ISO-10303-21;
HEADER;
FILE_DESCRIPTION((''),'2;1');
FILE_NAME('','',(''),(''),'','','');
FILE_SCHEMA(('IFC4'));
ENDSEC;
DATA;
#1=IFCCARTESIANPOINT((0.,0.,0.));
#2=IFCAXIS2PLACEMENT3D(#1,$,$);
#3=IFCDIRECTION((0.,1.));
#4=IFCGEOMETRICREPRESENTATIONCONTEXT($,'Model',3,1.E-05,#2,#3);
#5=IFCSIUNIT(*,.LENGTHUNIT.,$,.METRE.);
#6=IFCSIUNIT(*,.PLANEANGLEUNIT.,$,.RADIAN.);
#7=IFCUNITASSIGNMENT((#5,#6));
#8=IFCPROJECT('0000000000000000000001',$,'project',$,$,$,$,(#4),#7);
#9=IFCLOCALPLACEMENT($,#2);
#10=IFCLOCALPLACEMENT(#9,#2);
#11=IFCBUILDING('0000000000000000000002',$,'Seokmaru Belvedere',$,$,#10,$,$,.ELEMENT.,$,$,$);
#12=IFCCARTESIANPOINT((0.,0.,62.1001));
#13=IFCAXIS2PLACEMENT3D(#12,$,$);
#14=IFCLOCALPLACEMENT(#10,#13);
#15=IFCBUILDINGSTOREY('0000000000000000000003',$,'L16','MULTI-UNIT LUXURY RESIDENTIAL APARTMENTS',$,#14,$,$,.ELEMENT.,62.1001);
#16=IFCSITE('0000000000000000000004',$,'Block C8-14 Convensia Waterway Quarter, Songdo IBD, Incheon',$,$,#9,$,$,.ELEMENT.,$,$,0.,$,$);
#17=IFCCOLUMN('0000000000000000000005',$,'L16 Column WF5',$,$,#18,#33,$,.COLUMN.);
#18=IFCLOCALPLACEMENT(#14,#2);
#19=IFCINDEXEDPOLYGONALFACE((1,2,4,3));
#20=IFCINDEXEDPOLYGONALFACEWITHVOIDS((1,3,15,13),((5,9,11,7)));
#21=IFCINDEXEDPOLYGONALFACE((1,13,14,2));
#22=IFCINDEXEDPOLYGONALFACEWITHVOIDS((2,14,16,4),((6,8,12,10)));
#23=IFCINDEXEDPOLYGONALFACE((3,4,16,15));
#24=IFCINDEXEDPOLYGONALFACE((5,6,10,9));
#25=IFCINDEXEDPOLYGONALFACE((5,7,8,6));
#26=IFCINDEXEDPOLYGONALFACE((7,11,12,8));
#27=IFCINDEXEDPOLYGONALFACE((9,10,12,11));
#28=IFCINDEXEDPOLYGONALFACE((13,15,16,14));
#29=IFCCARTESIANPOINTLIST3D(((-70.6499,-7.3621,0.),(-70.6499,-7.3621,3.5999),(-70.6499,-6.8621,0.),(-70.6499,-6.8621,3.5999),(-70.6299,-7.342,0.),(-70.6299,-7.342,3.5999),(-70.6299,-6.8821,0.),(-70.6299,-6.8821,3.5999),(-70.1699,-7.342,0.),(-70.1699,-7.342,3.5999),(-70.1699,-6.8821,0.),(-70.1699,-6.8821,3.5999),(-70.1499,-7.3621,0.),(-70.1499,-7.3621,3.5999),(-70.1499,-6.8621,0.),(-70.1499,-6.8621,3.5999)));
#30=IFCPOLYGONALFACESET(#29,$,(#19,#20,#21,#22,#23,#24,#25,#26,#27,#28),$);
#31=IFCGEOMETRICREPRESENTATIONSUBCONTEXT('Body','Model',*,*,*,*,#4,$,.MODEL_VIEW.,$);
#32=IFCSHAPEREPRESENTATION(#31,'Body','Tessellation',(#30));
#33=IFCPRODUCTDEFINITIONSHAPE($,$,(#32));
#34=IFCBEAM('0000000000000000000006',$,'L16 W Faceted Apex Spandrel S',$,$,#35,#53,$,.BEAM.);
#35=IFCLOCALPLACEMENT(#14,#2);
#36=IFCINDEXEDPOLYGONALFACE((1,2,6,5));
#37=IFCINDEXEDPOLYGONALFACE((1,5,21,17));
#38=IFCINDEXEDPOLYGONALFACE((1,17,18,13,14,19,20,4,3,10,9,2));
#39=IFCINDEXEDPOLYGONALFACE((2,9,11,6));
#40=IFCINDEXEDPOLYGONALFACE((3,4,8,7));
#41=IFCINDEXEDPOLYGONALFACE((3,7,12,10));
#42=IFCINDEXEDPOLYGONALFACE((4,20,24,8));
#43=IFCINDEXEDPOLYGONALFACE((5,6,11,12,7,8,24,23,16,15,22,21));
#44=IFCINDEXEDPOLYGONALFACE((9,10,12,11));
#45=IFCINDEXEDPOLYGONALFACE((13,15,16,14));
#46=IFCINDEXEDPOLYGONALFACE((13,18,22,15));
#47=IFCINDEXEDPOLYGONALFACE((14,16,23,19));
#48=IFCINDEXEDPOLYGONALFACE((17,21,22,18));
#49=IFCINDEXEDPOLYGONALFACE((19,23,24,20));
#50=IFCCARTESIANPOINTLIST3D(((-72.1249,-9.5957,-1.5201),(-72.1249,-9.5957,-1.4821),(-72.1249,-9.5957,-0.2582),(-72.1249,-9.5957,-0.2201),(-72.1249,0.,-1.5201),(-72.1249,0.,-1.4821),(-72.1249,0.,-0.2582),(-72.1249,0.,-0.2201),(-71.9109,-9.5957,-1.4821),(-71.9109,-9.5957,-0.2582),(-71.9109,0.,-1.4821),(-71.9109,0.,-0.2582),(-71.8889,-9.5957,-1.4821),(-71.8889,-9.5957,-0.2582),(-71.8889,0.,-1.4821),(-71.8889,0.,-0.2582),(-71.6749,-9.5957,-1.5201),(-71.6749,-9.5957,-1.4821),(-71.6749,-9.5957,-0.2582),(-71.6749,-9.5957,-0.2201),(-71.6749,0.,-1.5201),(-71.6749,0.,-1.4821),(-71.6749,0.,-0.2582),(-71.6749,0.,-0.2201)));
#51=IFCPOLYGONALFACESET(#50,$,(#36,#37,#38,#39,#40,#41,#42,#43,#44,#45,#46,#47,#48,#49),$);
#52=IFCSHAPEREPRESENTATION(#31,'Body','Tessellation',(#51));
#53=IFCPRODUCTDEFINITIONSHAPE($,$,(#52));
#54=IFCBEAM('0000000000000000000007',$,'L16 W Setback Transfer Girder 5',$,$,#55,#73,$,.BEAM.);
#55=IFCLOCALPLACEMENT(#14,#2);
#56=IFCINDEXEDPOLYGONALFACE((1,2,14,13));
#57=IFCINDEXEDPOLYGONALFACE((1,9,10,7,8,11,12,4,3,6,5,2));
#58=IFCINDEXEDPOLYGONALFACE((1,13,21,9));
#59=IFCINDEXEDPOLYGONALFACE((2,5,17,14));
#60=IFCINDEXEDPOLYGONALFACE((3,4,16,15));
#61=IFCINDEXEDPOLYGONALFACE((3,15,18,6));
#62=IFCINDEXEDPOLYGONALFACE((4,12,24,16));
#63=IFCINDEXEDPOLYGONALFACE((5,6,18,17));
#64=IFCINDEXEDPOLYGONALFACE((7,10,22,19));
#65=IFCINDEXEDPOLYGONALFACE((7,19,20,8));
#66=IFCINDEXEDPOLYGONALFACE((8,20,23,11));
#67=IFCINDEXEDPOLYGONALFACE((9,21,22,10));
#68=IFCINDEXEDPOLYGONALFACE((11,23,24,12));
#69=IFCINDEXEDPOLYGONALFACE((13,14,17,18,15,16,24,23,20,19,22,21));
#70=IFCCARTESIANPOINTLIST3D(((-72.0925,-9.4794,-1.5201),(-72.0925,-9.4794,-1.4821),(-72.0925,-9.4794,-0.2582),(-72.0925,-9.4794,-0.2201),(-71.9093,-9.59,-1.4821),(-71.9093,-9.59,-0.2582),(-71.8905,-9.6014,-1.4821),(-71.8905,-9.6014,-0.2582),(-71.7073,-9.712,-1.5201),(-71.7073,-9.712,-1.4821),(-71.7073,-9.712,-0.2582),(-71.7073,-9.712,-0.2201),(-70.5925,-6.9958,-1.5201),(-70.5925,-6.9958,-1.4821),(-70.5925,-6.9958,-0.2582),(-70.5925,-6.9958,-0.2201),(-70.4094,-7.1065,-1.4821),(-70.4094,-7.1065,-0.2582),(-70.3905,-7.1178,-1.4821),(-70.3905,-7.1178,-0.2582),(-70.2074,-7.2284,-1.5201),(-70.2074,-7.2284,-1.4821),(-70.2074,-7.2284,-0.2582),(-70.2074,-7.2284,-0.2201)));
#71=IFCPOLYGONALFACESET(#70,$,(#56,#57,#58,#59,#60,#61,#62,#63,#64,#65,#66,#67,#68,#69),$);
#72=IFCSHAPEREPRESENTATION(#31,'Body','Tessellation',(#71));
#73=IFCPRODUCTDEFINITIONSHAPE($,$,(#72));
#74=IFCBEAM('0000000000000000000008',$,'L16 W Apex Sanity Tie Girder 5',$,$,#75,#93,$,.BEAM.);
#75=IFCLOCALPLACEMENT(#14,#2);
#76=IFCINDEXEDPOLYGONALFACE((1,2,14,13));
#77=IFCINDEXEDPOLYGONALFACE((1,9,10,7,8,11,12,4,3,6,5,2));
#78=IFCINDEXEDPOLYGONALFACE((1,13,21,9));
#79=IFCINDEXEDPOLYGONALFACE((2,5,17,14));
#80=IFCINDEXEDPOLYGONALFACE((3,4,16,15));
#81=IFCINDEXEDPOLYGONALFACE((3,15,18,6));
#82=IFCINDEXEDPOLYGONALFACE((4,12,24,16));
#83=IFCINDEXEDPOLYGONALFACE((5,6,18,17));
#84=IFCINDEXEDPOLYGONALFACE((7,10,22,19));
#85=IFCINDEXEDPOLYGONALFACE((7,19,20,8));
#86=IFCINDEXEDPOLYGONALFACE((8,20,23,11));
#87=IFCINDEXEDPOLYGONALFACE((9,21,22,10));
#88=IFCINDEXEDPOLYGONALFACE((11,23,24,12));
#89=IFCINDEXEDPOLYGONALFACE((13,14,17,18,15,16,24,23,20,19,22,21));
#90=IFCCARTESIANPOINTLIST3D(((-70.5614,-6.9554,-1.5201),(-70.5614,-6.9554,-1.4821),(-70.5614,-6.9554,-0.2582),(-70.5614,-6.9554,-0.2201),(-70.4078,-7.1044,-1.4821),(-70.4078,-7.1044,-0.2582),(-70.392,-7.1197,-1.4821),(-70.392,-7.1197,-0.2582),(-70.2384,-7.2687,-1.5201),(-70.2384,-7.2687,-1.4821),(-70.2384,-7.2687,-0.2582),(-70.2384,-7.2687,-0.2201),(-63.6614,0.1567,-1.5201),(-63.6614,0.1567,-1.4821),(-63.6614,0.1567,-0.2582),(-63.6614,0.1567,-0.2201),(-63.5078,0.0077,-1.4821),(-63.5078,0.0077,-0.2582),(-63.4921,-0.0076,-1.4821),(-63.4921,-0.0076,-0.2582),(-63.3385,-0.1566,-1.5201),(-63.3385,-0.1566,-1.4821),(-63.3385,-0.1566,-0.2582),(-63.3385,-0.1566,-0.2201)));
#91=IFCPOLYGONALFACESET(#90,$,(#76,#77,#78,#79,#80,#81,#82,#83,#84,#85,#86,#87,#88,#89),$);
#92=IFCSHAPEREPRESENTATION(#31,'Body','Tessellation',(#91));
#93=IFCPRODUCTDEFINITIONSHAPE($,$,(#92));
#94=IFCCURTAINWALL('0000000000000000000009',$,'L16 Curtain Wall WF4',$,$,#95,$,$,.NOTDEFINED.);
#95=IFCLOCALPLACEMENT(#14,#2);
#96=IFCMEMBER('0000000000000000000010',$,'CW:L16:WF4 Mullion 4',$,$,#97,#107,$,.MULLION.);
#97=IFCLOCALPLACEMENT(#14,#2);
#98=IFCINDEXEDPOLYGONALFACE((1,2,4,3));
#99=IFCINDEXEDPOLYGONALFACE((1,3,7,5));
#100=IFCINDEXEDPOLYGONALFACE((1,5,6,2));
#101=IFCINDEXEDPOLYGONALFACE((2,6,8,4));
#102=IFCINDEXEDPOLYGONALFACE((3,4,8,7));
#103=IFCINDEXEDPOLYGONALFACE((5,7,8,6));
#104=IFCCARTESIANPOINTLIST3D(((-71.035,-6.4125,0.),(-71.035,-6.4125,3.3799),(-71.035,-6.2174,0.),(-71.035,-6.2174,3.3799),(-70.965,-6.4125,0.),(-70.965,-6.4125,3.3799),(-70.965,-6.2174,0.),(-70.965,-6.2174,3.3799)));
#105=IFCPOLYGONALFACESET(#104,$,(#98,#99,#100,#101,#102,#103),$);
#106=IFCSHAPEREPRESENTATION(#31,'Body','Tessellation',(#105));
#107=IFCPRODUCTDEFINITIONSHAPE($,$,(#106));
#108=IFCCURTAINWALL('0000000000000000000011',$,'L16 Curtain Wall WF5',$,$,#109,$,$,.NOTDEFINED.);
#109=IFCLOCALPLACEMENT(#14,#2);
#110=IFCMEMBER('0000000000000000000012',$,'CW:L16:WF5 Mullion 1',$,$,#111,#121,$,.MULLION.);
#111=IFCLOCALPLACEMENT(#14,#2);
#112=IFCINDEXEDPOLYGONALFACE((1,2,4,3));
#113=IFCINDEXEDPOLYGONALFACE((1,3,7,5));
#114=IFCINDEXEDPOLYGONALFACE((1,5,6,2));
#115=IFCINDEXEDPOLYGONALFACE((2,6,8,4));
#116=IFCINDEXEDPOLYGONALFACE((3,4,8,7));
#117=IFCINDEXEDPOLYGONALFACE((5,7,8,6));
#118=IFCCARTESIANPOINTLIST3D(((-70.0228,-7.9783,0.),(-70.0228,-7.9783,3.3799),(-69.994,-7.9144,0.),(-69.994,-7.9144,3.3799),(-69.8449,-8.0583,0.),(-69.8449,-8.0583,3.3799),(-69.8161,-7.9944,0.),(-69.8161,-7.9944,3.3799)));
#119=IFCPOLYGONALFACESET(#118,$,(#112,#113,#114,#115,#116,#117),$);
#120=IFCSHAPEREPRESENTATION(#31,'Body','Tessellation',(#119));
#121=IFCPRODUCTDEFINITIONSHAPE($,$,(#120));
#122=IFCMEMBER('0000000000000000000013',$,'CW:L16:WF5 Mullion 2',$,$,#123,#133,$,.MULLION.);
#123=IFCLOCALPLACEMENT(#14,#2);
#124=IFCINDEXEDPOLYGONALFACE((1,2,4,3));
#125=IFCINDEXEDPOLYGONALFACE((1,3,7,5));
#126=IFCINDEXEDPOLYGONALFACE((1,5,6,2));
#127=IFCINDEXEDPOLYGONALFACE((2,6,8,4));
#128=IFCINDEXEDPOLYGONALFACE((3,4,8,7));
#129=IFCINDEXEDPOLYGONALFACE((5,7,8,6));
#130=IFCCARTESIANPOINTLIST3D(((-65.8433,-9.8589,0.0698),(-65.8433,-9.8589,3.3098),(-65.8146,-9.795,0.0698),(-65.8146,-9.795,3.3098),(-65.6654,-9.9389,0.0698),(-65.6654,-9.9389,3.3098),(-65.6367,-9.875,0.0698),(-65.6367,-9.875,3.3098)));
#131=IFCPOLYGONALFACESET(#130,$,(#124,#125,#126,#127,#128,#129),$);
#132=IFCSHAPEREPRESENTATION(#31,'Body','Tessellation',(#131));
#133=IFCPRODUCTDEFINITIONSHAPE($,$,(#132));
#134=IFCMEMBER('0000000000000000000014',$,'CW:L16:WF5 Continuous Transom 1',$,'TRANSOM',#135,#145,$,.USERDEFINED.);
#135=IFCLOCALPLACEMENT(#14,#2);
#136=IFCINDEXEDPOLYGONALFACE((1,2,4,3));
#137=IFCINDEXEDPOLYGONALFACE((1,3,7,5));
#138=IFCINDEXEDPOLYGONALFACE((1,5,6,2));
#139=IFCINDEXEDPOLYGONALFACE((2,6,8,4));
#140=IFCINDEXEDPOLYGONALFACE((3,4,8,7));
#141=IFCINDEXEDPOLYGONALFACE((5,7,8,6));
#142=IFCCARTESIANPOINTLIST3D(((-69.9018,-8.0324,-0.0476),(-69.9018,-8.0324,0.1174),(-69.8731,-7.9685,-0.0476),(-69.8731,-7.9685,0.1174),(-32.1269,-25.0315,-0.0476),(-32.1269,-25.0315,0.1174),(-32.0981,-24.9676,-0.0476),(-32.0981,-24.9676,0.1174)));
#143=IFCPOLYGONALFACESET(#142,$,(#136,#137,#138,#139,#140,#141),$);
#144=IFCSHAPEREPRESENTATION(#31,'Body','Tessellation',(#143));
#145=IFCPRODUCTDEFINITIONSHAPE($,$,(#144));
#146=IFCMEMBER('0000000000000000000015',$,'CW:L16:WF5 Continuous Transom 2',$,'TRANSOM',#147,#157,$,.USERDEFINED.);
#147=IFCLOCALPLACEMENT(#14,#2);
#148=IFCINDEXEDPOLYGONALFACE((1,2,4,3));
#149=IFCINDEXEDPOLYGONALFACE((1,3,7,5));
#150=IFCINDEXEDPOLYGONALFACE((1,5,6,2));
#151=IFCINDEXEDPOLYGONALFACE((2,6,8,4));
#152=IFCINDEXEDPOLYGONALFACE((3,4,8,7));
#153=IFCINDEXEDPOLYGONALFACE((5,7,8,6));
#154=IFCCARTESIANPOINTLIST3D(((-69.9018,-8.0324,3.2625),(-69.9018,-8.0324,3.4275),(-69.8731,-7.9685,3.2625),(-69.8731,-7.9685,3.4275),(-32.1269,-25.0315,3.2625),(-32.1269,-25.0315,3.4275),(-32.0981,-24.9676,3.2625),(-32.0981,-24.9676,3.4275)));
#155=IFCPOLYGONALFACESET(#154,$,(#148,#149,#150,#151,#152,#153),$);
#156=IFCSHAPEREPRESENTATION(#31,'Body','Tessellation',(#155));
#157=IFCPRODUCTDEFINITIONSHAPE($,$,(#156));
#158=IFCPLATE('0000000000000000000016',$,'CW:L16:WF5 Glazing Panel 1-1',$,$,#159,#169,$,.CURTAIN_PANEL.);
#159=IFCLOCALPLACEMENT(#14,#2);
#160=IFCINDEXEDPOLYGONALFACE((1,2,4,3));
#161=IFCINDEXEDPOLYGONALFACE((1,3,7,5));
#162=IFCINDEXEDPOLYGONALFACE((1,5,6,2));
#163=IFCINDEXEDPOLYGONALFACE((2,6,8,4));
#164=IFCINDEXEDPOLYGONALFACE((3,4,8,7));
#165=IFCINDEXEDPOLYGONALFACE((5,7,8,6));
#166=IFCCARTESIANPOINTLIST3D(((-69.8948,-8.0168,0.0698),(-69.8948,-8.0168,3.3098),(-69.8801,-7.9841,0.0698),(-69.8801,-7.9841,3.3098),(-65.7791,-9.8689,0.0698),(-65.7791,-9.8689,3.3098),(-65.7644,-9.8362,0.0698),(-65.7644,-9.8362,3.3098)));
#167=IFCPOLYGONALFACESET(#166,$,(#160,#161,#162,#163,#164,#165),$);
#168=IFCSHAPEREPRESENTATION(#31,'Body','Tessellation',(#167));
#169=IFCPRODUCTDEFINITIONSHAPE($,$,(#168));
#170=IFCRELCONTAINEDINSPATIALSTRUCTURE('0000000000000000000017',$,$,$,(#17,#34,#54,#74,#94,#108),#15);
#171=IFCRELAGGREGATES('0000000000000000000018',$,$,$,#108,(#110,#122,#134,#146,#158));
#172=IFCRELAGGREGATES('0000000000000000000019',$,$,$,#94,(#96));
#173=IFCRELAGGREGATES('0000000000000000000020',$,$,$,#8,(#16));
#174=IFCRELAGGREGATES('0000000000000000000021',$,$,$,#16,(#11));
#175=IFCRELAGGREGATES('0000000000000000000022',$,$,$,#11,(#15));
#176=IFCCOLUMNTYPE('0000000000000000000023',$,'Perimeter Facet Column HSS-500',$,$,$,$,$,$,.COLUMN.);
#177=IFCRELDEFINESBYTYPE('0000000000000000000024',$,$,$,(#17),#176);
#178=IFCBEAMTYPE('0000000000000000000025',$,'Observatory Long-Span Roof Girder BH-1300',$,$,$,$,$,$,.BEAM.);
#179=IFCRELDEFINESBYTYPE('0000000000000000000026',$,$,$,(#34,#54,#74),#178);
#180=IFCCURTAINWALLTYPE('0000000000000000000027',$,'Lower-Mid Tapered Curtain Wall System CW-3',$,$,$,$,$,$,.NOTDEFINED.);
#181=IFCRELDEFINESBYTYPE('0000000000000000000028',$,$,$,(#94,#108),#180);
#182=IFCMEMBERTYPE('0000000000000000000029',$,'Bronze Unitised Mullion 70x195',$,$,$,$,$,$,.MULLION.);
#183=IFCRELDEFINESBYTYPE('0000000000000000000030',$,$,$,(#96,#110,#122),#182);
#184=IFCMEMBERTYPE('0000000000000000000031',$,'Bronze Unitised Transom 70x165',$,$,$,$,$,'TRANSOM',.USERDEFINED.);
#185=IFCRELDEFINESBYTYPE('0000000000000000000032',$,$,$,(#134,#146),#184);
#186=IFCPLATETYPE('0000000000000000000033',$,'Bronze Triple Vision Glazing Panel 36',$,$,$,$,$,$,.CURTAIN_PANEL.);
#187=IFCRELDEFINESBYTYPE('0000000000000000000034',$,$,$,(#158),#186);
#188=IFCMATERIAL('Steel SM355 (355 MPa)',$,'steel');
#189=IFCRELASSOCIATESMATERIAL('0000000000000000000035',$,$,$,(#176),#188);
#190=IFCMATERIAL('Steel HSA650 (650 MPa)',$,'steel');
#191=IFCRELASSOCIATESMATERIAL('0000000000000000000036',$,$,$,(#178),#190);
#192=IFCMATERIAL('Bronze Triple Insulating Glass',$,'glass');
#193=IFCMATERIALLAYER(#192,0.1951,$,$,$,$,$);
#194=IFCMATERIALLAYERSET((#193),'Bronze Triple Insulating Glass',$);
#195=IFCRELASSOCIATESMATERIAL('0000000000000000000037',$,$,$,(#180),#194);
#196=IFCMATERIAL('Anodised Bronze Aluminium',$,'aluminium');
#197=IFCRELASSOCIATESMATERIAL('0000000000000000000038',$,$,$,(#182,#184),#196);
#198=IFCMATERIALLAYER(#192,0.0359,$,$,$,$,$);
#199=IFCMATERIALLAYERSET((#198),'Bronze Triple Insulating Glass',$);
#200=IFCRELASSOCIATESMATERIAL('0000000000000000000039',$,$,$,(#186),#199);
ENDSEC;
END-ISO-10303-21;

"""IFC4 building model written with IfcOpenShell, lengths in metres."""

from ifc_helpers import new_model, si_unit, direction, frame, origin, origin_2d, place, context, subcontext, project, spatial, rectangle, hollow_rectangle, i_section, extrude, source, transform, mapped, material, layer, layer_set, material_profile, profile_set, type_object, type_shapes, element, aggregate, save


model = new_model("IFC4")

# Units and contexts
model_context = context("Model", 3, precision=1e-05, world=origin(), true_north=direction((0.0, 1.0)))
body_context = subcontext(model_context, "Body", "Model", "MODEL_VIEW")
ifc_project = project(units=[si_unit("LENGTHUNIT", "METRE"), si_unit("PLANEANGLEUNIT", "RADIAN")], contexts=[model_context])

# Site, building, storey
site_placement = place(None, origin())
site = spatial("IfcSite", under=ifc_project, at=site_placement, Name="Block C8-14 Convensia Waterway Quarter, Songdo IBD, Incheon", CompositionType="ELEMENT", RefElevation=0.0)
building_placement = place(site_placement, origin())
building = spatial("IfcBuilding", under=site, at=building_placement, Name="Seokmaru Belvedere", CompositionType="ELEMENT")
storey_placement = place(building_placement, frame((0.0, 0.0, 62.1001)))
storey = spatial("IfcBuildingStorey", under=building, at=storey_placement, Name="L16", Description="MULTI-UNIT LUXURY RESIDENTIAL APARTMENTS", CompositionType="ELEMENT", Elevation=62.1001)

# Column
ifc_material_1 = material(Name="Steel SM355 (355 MPa)", Category="steel")
ifc_material_profile_1 = material_profile(ifc_material_1, hollow_rectangle(XDim=0.5, YDim=0.5, WallThickness=0.02, at=origin_2d()), Name="HSS-500x500x20")
ifc_profile_set_1 = profile_set([ifc_material_profile_1], Name="Steel SM355 (355 MPa)")
column_type = type_object("IfcColumnType", Name="Perimeter Facet Column HSS-500", PredefinedType="COLUMN", material=ifc_profile_set_1)
shared_shape_1 = source(origin(), body_context, "Body", "SweptSolid", [
    extrude(hollow_rectangle(XDim=0.5, YDim=0.5, WallThickness=0.02, at=origin_2d()), origin(), (0.0, 0.0, 1.0), 3.5999),
])
type_shapes(column_type, [shared_shape_1])
column_placement = place(storey_placement, frame((-70.3999, -7.1121, 0.0), z_axis=(0.0, 0.0, 1.0), x_axis=(1.0, 0.0, 0.0)))
element("IfcColumn", 1, at=column_placement, inside=storey, type_object=column_type, Name="L16 Column WF5", PredefinedType="COLUMN", context=body_context, shape_type="MappedRepresentation", body=[
    mapped(shared_shape_1, transform((0.0, 0.0, 0.0), scale=1.0)),
])

# Beams
ifc_material_2 = material(Name="Steel HSA650 (650 MPa)", Category="steel")
ifc_material_profile_2 = material_profile(ifc_material_2, i_section(OverallWidth=0.45, OverallDepth=1.3, WebThickness=0.022, FlangeThickness=0.0381, at=origin_2d()), Name="BH-1300x450x22x38")
ifc_profile_set_2 = profile_set([ifc_material_profile_2], Name="Steel HSA650 (650 MPa)")
beam_type = type_object("IfcBeamType", Name="Observatory Long-Span Roof Girder BH-1300", PredefinedType="BEAM", material=ifc_profile_set_2)
shared_shape_2 = source(origin(), body_context, "Body", "SweptSolid", [
    extrude(i_section(OverallWidth=0.45, OverallDepth=1.3, WebThickness=0.022, FlangeThickness=0.0381, at=origin_2d()), origin(), (0.0, 0.0, 1.0), 9.5957),
])
beam_1_placement = place(storey_placement, frame((-71.8999, -9.5957, -0.8701), z_axis=(0.0, 1.0, 0.0), x_axis=(-1.0, 0.0, 0.0)))
element("IfcBeam", 2, at=beam_1_placement, inside=storey, type_object=beam_type, Name="L16 W Faceted Apex Spandrel S", PredefinedType="BEAM", context=body_context, shape_type="MappedRepresentation", body=[
    mapped(shared_shape_2, transform((0.0, 0.0, 0.0), scale=1.0)),
])
shared_shape_3 = source(origin(), body_context, "Body", "SweptSolid", [
    extrude(i_section(OverallWidth=0.45, OverallDepth=1.3, WebThickness=0.022, FlangeThickness=0.0381, at=origin_2d()), origin(), (0.0, 0.0, 1.0), 2.9014),
])
beam_2_placement = place(storey_placement, frame((-71.8999, -9.5957, -0.8701), z_axis=(0.516981, 0.855997, 0.0), x_axis=(-0.855997, 0.516981, 0.0)))
element("IfcBeam", 3, at=beam_2_placement, inside=storey, type_object=beam_type, Name="L16 W Setback Transfer Girder 5", PredefinedType="BEAM", context=body_context, shape_type="MappedRepresentation", body=[
    mapped(shared_shape_3, transform((0.0, 0.0, 0.0), scale=1.0)),
])
shared_shape_4 = source(origin(), body_context, "Body", "SweptSolid", [
    extrude(i_section(OverallWidth=0.45, OverallDepth=1.3, WebThickness=0.022, FlangeThickness=0.0381, at=origin_2d()), origin(), (0.0, 0.0, 1.0), 9.9092),
])
type_shapes(beam_type, [shared_shape_2, shared_shape_3, shared_shape_4])
beam_3_placement = place(storey_placement, frame((-70.3999, -7.1121, -0.8701), z_axis=(0.696321, 0.717731, 0.0), x_axis=(-0.717731, 0.696321, 0.0)))
element("IfcBeam", 4, at=beam_3_placement, inside=storey, type_object=beam_type, Name="L16 W Apex Sanity Tie Girder 5", PredefinedType="BEAM", context=body_context, shape_type="MappedRepresentation", body=[
    mapped(shared_shape_4, transform((0.0, 0.0, 0.0), scale=1.0)),
])

# Curtain wall, member
ifc_material_3 = material(Name="Bronze Triple Insulating Glass", Category="glass")
ifc_layer_1 = layer(ifc_material_3, 0.1951)
ifc_layer_set_1 = layer_set([ifc_layer_1], Name="Bronze Triple Insulating Glass")
curtain_wall_type = type_object("IfcCurtainWallType", Name="Lower-Mid Tapered Curtain Wall System CW-3", PredefinedType="NOTDEFINED", material=ifc_layer_set_1)
curtain_wall_1_placement = place(storey_placement, origin())
curtain_wall_1 = element("IfcCurtainWall", 5, at=curtain_wall_1_placement, inside=storey, type_object=curtain_wall_type, Name="L16 Curtain Wall WF4", PredefinedType="NOTDEFINED")
ifc_material_4 = material(Name="Anodised Bronze Aluminium", Category="aluminium")
ifc_material_profile_3 = material_profile(ifc_material_4, rectangle(XDim=0.0701, YDim=0.1951, at=origin_2d()), Name="CW-M-70x195")
ifc_profile_set_3 = profile_set([ifc_material_profile_3], Name="Anodised Bronze Aluminium")
member_type_1 = type_object("IfcMemberType", Name="Bronze Unitised Mullion 70x195", PredefinedType="MULLION", material=ifc_profile_set_3)
shared_shape_5 = source(origin(), body_context, "Body", "SweptSolid", [
    extrude(rectangle(XDim=0.0701, YDim=0.1951, at=origin_2d()), origin(), (0.0, 0.0, 1.0), 3.3799),
])
member_1_placement = place(storey_placement, frame((-71.0, -6.3149, 0.0), z_axis=(0.0, 0.0, 1.0), x_axis=(1.0, 0.0, 0.0)))
member_1 = element("IfcMember", 6, at=member_1_placement, type_object=member_type_1, Name="CW:L16:WF4 Mullion 4", PredefinedType="MULLION", context=body_context, shape_type="MappedRepresentation", body=[
    mapped(shared_shape_5, transform((0.0, 0.0, 0.0), scale=1.0)),
])

# Curtain wall, members, plate
curtain_wall_2_placement = place(storey_placement, origin())
curtain_wall_2 = element("IfcCurtainWall", 7, at=curtain_wall_2_placement, inside=storey, type_object=curtain_wall_type, Name="L16 Curtain Wall WF5", PredefinedType="NOTDEFINED")
member_2_placement = place(storey_placement, frame((-69.9194, -7.9863, 0.0), z_axis=(0.0, 0.0, 1.0), x_axis=(0.410366, 0.911921, 0.0)))
member_2 = element("IfcMember", 8, at=member_2_placement, type_object=member_type_1, Name="CW:L16:WF5 Mullion 1", PredefinedType="MULLION", context=body_context, shape_type="MappedRepresentation", body=[
    mapped(shared_shape_5, transform((0.0, 0.0, 0.0), scale=1.0)),
])
shared_shape_6 = source(origin(), body_context, "Body", "SweptSolid", [
    extrude(rectangle(XDim=0.0701, YDim=0.1951, at=origin_2d()), origin(), (0.0, 0.0, 1.0), 3.24),
])
type_shapes(member_type_1, [shared_shape_5, shared_shape_6])
member_3_placement = place(storey_placement, frame((-65.74, -9.8669, 0.0698), z_axis=(0.0, 0.0, 1.0), x_axis=(0.410366, 0.911921, 0.0)))
member_3 = element("IfcMember", 9, at=member_3_placement, type_object=member_type_1, Name="CW:L16:WF5 Mullion 2", PredefinedType="MULLION", context=body_context, shape_type="MappedRepresentation", body=[
    mapped(shared_shape_6, transform((0.0, 0.0, 0.0), scale=1.0)),
])
ifc_material_profile_4 = material_profile(ifc_material_4, rectangle(XDim=0.0701, YDim=0.165, at=origin_2d()), Name="CW-T-70x165")
ifc_profile_set_4 = profile_set([ifc_material_profile_4], Name="Anodised Bronze Aluminium")
member_type_2 = type_object("IfcMemberType", Name="Bronze Unitised Transom 70x165", ElementType="TRANSOM", PredefinedType="USERDEFINED", material=ifc_profile_set_4)
shared_shape_7 = source(origin(), body_context, "Body", "SweptSolid", [
    extrude(rectangle(XDim=0.0701, YDim=0.165, at=origin_2d()), origin(), (0.0, 0.0, 1.0), 41.4236),
])
type_shapes(member_type_2, [shared_shape_7])
member_4_placement = place(storey_placement, frame((-69.8875, -8.0005, 0.0349), z_axis=(0.911919, -0.410371, 0.0), x_axis=(0.410371, 0.911919, 0.0)))
member_4 = element("IfcMember", 10, at=member_4_placement, type_object=member_type_2, Name="CW:L16:WF5 Continuous Transom 1", ObjectType="TRANSOM", PredefinedType="USERDEFINED", context=body_context, shape_type="MappedRepresentation", body=[
    mapped(shared_shape_7, transform((0.0, 0.0, 0.0), scale=1.0)),
])
member_5_placement = place(storey_placement, frame((-69.8875, -8.0005, 3.345), z_axis=(0.911919, -0.410371, 0.0), x_axis=(0.410371, 0.911919, 0.0)))
member_5 = element("IfcMember", 11, at=member_5_placement, type_object=member_type_2, Name="CW:L16:WF5 Continuous Transom 2", ObjectType="TRANSOM", PredefinedType="USERDEFINED", context=body_context, shape_type="MappedRepresentation", body=[
    mapped(shared_shape_7, transform((0.0, 0.0, 0.0), scale=1.0)),
])
ifc_layer_2 = layer(ifc_material_3, 0.0359)
ifc_layer_set_2 = layer_set([ifc_layer_2], Name="Bronze Triple Insulating Glass")
plate_type = type_object("IfcPlateType", Name="Bronze Triple Vision Glazing Panel 36", PredefinedType="CURTAIN_PANEL", material=ifc_layer_set_2)
shared_shape_8 = source(origin(), body_context, "Body", "SweptSolid", [
    extrude(rectangle(XDim=4.5132, YDim=0.0359, at=origin_2d()), origin(), (0.0, 0.0, 1.0), 3.24),
])
plate_1_placement = place(storey_placement, frame((-67.8296, -8.9265, 0.0698), z_axis=(0.0, 0.0, 1.0), x_axis=(0.911921, -0.410366, 0.0)))
plate_1 = element("IfcPlate", 12, at=plate_1_placement, type_object=plate_type, Name="CW:L16:WF5 Glazing Panel 1-1", PredefinedType="CURTAIN_PANEL", context=body_context, shape_type="MappedRepresentation", body=[
    mapped(shared_shape_8, transform((0.0, 0.0, 0.0), scale=1.0)),
])
aggregate(curtain_wall_2, [member_2, member_3, member_4, member_5, plate_1])

aggregate(curtain_wall_1, [member_1])

save(model, "model.ifc")
